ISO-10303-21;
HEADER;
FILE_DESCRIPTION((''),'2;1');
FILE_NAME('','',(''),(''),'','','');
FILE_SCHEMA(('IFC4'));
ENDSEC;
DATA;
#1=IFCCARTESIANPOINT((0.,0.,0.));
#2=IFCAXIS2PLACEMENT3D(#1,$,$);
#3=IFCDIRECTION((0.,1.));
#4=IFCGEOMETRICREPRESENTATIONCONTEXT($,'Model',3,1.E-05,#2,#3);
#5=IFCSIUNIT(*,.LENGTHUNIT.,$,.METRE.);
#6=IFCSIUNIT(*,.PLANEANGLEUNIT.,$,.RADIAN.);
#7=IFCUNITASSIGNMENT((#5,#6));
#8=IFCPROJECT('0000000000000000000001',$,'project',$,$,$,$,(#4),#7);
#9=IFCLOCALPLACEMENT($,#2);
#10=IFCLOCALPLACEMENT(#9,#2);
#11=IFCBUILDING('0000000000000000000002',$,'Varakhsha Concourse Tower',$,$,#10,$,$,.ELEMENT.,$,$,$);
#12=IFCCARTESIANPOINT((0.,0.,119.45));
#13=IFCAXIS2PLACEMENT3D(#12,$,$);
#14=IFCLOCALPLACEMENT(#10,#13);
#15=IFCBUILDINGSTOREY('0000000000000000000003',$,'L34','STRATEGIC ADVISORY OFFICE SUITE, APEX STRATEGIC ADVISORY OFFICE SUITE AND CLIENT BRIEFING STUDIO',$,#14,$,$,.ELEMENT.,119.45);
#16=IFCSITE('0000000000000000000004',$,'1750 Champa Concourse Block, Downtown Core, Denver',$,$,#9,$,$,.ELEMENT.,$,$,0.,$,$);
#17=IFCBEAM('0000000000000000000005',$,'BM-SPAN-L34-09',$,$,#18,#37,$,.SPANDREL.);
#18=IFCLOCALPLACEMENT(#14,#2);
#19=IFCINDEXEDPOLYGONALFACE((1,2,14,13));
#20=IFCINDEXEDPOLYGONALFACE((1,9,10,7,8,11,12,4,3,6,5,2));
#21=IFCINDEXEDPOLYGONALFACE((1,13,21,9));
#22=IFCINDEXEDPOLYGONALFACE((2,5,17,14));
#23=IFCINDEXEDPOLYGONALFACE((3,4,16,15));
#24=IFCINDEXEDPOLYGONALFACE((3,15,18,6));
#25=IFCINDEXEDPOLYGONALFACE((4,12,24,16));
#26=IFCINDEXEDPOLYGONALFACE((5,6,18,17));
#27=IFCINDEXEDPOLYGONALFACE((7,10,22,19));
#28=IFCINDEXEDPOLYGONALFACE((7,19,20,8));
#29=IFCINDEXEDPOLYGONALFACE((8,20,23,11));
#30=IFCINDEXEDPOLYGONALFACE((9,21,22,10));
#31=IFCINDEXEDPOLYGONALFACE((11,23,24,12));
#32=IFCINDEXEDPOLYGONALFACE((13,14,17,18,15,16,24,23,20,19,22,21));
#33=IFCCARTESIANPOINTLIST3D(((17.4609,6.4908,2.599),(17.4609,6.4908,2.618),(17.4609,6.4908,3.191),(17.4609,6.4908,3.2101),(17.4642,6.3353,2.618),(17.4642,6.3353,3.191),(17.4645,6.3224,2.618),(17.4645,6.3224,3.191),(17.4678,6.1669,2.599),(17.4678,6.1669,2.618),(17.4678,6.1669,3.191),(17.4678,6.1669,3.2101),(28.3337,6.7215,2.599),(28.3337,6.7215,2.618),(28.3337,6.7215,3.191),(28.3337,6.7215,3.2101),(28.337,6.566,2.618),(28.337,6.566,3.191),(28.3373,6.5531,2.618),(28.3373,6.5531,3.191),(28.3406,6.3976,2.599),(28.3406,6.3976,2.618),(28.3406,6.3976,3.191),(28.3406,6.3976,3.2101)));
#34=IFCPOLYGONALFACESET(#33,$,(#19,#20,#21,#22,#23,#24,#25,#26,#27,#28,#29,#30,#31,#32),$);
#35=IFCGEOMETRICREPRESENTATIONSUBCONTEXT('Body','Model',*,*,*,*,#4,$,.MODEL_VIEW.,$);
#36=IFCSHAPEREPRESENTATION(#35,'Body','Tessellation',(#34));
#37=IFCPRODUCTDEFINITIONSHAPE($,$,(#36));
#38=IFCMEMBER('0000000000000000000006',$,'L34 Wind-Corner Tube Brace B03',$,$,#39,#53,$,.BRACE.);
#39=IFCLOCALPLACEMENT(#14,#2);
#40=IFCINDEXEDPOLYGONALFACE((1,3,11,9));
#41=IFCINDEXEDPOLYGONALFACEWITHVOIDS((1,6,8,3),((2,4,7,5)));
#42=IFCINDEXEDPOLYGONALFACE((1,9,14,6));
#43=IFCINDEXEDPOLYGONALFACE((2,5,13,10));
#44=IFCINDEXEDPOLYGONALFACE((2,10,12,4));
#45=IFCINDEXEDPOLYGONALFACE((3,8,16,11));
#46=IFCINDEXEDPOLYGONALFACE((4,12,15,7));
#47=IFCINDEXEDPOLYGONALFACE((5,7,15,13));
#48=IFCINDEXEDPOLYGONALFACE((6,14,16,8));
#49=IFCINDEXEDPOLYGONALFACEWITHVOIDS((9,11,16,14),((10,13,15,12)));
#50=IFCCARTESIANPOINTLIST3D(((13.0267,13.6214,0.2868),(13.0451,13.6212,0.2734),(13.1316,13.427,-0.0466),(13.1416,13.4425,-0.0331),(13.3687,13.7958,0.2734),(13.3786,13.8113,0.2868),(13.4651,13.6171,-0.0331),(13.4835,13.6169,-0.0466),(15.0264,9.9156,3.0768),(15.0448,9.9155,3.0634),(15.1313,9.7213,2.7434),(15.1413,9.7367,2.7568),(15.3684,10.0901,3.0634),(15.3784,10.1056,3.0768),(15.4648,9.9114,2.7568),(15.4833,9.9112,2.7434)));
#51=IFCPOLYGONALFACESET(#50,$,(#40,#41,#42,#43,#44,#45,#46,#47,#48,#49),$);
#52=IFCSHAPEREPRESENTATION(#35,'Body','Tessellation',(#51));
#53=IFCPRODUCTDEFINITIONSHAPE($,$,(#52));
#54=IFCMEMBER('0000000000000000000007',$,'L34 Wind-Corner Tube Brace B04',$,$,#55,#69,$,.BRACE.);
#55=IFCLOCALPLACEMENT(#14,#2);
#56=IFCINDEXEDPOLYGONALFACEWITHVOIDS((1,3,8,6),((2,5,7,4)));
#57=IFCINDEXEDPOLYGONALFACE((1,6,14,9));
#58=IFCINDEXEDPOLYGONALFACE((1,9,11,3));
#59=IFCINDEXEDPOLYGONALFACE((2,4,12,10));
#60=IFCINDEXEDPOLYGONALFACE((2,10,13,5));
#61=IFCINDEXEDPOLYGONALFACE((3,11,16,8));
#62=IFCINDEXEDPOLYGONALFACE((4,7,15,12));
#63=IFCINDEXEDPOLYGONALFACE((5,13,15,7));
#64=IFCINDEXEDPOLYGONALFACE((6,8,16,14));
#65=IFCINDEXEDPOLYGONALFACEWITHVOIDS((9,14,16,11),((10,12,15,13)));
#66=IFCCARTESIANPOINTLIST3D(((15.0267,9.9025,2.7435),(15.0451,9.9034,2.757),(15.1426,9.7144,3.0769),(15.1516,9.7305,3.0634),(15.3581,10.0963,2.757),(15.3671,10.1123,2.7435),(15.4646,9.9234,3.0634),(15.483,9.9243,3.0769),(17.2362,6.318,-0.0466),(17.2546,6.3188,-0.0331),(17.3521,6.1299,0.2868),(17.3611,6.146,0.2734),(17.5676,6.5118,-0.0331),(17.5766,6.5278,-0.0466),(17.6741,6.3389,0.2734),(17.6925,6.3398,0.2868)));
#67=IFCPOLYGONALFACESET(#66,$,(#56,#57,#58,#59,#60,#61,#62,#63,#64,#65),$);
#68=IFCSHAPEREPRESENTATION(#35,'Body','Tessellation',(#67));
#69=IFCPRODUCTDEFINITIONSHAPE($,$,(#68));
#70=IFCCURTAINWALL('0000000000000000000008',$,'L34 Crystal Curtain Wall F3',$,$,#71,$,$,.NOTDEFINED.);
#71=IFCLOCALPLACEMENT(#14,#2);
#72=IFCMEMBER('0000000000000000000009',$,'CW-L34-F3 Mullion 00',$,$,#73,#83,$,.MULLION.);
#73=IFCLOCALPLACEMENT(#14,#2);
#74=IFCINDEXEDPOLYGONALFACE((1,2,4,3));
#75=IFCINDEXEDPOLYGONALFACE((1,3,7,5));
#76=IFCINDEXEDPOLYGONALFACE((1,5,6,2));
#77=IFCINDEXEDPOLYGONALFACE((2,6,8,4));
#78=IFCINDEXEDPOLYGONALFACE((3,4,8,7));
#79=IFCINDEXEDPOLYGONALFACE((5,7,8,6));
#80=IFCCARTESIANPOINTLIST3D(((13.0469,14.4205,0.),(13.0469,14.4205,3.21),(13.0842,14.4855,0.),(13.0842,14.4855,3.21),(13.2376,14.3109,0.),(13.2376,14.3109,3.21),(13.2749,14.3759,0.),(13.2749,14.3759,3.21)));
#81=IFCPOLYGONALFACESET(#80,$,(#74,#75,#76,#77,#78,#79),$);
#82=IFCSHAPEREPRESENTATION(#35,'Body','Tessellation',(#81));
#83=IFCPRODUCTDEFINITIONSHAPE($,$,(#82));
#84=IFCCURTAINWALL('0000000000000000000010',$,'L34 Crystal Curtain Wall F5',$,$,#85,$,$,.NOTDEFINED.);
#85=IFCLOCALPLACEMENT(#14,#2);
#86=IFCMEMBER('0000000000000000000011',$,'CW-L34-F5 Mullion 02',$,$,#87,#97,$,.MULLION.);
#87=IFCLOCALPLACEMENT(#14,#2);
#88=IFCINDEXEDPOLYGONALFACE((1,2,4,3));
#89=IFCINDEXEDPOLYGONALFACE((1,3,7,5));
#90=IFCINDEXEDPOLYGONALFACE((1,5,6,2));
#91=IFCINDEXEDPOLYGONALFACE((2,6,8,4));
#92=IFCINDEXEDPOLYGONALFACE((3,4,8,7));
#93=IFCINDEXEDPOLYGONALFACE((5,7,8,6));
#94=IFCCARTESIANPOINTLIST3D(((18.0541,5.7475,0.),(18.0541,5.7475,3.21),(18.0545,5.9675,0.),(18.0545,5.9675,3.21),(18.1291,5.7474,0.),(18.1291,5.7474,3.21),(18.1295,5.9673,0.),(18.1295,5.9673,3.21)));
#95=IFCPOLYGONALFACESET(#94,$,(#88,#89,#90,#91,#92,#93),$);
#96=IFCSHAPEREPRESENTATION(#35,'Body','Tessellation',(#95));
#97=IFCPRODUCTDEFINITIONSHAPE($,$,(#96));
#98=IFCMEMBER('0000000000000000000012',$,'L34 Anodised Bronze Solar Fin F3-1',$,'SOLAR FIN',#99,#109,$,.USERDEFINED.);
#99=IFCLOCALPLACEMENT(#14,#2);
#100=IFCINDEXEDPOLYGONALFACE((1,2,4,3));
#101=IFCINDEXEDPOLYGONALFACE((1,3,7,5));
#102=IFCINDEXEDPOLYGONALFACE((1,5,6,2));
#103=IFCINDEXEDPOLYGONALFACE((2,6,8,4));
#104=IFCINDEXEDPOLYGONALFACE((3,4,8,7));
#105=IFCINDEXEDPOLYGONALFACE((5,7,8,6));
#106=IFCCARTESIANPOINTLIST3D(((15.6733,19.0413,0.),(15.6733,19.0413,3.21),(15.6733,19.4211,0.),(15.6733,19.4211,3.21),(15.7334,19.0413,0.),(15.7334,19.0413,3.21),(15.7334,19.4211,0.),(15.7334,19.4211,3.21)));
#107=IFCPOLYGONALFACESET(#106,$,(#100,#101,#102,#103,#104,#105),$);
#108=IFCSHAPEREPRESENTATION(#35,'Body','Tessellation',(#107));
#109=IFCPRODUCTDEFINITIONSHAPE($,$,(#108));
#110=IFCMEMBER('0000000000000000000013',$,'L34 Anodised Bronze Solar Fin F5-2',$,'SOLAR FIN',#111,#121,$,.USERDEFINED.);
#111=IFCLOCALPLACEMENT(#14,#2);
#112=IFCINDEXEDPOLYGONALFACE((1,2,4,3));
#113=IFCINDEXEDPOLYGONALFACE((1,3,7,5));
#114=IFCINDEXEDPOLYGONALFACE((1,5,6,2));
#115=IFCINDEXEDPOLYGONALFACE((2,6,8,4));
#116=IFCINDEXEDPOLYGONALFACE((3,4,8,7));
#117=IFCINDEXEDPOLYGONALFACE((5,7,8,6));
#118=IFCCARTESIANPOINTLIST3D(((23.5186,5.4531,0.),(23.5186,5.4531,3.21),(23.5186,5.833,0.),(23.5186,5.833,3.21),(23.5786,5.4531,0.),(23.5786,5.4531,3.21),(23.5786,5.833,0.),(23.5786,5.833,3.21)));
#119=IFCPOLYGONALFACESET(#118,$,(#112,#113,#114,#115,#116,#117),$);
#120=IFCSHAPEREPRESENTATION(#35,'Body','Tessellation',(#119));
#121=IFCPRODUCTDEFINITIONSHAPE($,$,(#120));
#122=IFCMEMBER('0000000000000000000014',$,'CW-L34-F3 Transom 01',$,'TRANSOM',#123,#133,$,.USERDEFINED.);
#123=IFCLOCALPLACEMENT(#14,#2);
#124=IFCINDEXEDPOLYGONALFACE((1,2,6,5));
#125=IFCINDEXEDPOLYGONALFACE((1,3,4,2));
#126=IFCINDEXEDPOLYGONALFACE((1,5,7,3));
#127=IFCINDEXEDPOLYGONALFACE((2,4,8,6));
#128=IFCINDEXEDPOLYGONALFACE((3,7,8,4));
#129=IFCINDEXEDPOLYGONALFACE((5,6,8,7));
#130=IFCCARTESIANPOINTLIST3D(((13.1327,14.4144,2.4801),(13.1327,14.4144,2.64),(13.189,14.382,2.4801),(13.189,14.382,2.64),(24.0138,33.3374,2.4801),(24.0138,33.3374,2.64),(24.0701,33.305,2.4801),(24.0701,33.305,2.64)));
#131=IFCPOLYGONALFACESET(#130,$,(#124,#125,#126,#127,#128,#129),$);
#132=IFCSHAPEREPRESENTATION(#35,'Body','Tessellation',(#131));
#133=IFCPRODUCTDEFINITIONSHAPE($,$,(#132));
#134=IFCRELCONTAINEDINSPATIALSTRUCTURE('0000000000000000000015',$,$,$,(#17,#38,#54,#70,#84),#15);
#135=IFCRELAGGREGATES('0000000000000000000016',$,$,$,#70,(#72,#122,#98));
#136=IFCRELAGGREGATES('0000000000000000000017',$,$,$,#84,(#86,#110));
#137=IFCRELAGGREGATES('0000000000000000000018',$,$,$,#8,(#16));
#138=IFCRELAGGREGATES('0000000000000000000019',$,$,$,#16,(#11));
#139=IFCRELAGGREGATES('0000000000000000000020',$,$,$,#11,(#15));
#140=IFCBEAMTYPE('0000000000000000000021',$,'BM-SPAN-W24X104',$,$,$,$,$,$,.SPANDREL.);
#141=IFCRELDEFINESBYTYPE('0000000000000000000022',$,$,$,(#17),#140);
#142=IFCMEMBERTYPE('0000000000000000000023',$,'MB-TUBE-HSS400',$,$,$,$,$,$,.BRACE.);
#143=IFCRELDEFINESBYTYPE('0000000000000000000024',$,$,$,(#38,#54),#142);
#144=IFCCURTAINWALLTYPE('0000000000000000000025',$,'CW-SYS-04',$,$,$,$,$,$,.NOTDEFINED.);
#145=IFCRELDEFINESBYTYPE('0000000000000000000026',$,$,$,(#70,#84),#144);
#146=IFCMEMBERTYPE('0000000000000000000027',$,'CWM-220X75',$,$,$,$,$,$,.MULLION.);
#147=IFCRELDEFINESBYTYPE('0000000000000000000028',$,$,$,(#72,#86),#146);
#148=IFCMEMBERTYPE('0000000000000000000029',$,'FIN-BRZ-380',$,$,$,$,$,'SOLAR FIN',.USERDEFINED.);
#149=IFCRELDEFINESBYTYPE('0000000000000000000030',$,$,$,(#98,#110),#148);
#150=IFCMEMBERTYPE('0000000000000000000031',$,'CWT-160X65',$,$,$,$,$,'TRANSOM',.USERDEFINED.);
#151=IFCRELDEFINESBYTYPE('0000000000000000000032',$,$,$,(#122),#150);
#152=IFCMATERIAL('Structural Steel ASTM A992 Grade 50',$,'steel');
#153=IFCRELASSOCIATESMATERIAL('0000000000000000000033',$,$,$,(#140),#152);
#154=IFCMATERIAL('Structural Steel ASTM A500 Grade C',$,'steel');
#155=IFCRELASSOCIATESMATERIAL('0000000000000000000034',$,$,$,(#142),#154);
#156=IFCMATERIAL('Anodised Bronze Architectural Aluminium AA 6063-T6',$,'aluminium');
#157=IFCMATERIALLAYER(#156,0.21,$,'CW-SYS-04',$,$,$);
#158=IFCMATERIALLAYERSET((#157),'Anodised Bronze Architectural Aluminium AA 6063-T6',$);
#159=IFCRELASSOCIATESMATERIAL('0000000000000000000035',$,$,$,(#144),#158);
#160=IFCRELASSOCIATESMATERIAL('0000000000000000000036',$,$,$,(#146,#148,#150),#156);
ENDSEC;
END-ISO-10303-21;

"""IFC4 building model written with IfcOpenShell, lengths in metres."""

from ifc_helpers import new_model, si_unit, direction, frame, origin, origin_2d, place, context, subcontext, project, spatial, rectangle, hollow_rectangle, i_section, extrude, source, transform, mapped, material, layer, layer_set, material_profile, profile_set, type_object, type_shapes, element, aggregate, save


model = new_model("IFC4")

# Units and contexts
model_context = context("Model", 3, precision=1e-05, world=origin(), true_north=direction((0.0, 1.0)))
body_context = subcontext(model_context, "Body", "Model", "MODEL_VIEW")
ifc_project = project(units=[si_unit("LENGTHUNIT", "METRE"), si_unit("PLANEANGLEUNIT", "RADIAN")], contexts=[model_context])

# Site, building, storey
site_placement = place(None, origin())
site = spatial("IfcSite", under=ifc_project, at=site_placement, Name="1750 Champa Concourse Block, Downtown Core, Denver", CompositionType="ELEMENT", RefElevation=0.0)
building_placement = place(site_placement, origin())
building = spatial("IfcBuilding", under=site, at=building_placement, Name="Varakhsha Concourse Tower", CompositionType="ELEMENT")
storey_placement = place(building_placement, frame((0.0, 0.0, 119.45)))
storey = spatial("IfcBuildingStorey", under=building, at=storey_placement, Name="L34", Description="STRATEGIC ADVISORY OFFICE SUITE, APEX STRATEGIC ADVISORY OFFICE SUITE AND CLIENT BRIEFING STUDIO", CompositionType="ELEMENT", Elevation=119.45)

# Shared definitions
ifc_material_1 = material(Name="Structural Steel ASTM A992 Grade 50", Category="steel")

# Beam
ifc_material_profile_1 = material_profile(ifc_material_1, i_section(OverallWidth=0.324, OverallDepth=0.6111, WebThickness=0.0129, FlangeThickness=0.019, at=origin_2d()), Name="W24X104")
ifc_profile_set_1 = profile_set([ifc_material_profile_1], Name="Structural Steel ASTM A992 Grade 50")
beam_type_1 = type_object("IfcBeamType", Name="BM-SPAN-W24X104", PredefinedType="SPANDREL", material=ifc_profile_set_1)
beam_1_placement = place(storey_placement, frame((17.4644, 6.3289, 2.9045), z_axis=(0.999775, 0.021214, 0.0), x_axis=(-0.021214, 0.999775, 0.0)))
element("IfcBeam", 1, at=beam_1_placement, inside=storey, type_object=beam_type_1, Name="BM-SPAN-L34-09", PredefinedType="SPANDREL", context=body_context, shape_type="SweptSolid", body=[
    extrude(i_section(OverallWidth=0.324, OverallDepth=0.6111, WebThickness=0.0129, FlangeThickness=0.019, at=origin_2d()), origin(), (0.0, 0.0, 1.0), 10.8752),
])

# Members
ifc_material_2 = material(Name="Structural Steel ASTM A500 Grade C", Category="steel")
ifc_material_profile_2 = material_profile(ifc_material_2, hollow_rectangle(XDim=0.3999, YDim=0.3999, WallThickness=0.0161, at=origin_2d()), Name="HSS 400x400x16")
ifc_profile_set_2 = profile_set([ifc_material_profile_2], Name="Structural Steel ASTM A500 Grade C")
member_type_1 = type_object("IfcMemberType", Name="MB-TUBE-HSS400", PredefinedType="BRACE", material=ifc_profile_set_2)
shared_shape_1 = source(origin(), body_context, "Body", "SweptSolid", [
    extrude(hollow_rectangle(XDim=0.3999, YDim=0.3999, WallThickness=0.0161, at=origin_2d()), origin(), (0.0, 0.0, 1.0), 5.0513),
])
type_shapes(member_type_1, [shared_shape_1])
for number, where, z_axis, x_axis, name in (
    (2, (13.2551, 13.6191, 0.1201), (0.395884, -0.733624, 0.552333), (0.880043, 0.474895, 0.0), "L34 Wind-Corner Tube Brace B03"),
    (3, (17.4644, 6.3289, 0.1201), (-0.437416, 0.709629, 0.552353), (-0.851272, -0.524725, 0.0), "L34 Wind-Corner Tube Brace B04"),
):
    element("IfcMember", number, at=place(storey_placement, frame(where, z_axis=z_axis, x_axis=x_axis)), inside=storey, type_object=member_type_1, Name=name, PredefinedType="BRACE", context=body_context, shape_type="MappedRepresentation", body=[
        mapped(shared_shape_1, transform((0.0, 0.0, 0.0), scale=1.0)),
    ])

# Curtain walls, members
ifc_material_3 = material(Name="Anodised Bronze Architectural Aluminium AA 6063-T6", Category="aluminium")
ifc_layer_1 = layer(ifc_material_3, 0.21, Name="CW-SYS-04")
ifc_layer_set_1 = layer_set([ifc_layer_1], Name="Anodised Bronze Architectural Aluminium AA 6063-T6")
curtain_wall_type = type_object("IfcCurtainWallType", Name="CW-SYS-04", PredefinedType="NOTDEFINED", material=ifc_layer_set_1)
curtain_wall_1_placement = place(storey_placement, origin())
curtain_wall_1 = element("IfcCurtainWall", 4, at=curtain_wall_1_placement, inside=storey, type_object=curtain_wall_type, Name="L34 Crystal Curtain Wall F3", PredefinedType="NOTDEFINED")
ifc_material_profile_3 = material_profile(ifc_material_3, rectangle(XDim=0.075, YDim=0.22, at=origin_2d()), Name="CWM-220X75")
ifc_profile_set_3 = profile_set([ifc_material_profile_3], Name="Anodised Bronze Architectural Aluminium AA 6063-T6")
member_type_2 = type_object("IfcMemberType", Name="CWM-220X75", PredefinedType="MULLION", material=ifc_profile_set_3)
shared_shape_2 = source(origin(), body_context, "Body", "SweptSolid", [
    extrude(rectangle(XDim=0.075, YDim=0.22, at=origin_2d()), origin(), (0.0, 0.0, 1.0), 3.21),
])
type_shapes(member_type_2, [shared_shape_2])
member_1_placement = place(storey_placement, frame((13.1609, 14.3982, 0.0), z_axis=(0.0, 0.0, 1.0), x_axis=(0.498489, 0.866896, 0.0)))
member_1 = element("IfcMember", 5, at=member_1_placement, type_object=member_type_2, Name="CW-L34-F3 Mullion 00", PredefinedType="MULLION", context=body_context, shape_type="MappedRepresentation", body=[
    mapped(shared_shape_2, transform((0.0, 0.0, 0.0), scale=1.0)),
])
curtain_wall_2_placement = place(storey_placement, origin())
curtain_wall_2 = element("IfcCurtainWall", 6, at=curtain_wall_2_placement, inside=storey, type_object=curtain_wall_type, Name="L34 Crystal Curtain Wall F5", PredefinedType="NOTDEFINED")
member_2_placement = place(storey_placement, frame((18.0918, 5.8574, 0.0), z_axis=(0.0, 0.0, 1.0), x_axis=(-0.999998, 0.001745, 0.0)))
member_2 = element("IfcMember", 7, at=member_2_placement, type_object=member_type_2, Name="CW-L34-F5 Mullion 02", PredefinedType="MULLION", context=body_context, shape_type="MappedRepresentation", body=[
    mapped(shared_shape_2, transform((0.0, 0.0, 0.0), scale=1.0)),
])

# Members
ifc_material_profile_4 = material_profile(ifc_material_3, rectangle(XDim=0.0601, YDim=0.3799, at=origin_2d()), Name="FIN-BRZ-380")
ifc_profile_set_4 = profile_set([ifc_material_profile_4], Name="Anodised Bronze Architectural Aluminium AA 6063-T6")
member_type_3 = type_object("IfcMemberType", Name="FIN-BRZ-380", ElementType="SOLAR FIN", PredefinedType="USERDEFINED", material=ifc_profile_set_4)
shared_shape_3 = source(origin(), body_context, "Body", "SweptSolid", [
    extrude(rectangle(XDim=0.0601, YDim=0.3799, at=origin_2d()), origin(), (0.0, 0.0, 1.0), 3.21),
])
type_shapes(member_type_3, [shared_shape_3])
member_3_placement = place(storey_placement, frame((15.7034, 19.2312, 0.0), z_axis=(0.0, 0.0, 1.0), x_axis=(1.0, 0.0, 0.0)))
member_3 = element("IfcMember", 8, at=member_3_placement, type_object=member_type_3, Name="L34 Anodised Bronze Solar Fin F3-1", ObjectType="SOLAR FIN", PredefinedType="USERDEFINED", context=body_context, shape_type="MappedRepresentation", body=[
    mapped(shared_shape_3, transform((0.0, 0.0, 0.0), scale=1.0)),
])
member_4_placement = place(storey_placement, frame((23.5486, 5.6431, 0.0), z_axis=(0.0, 0.0, 1.0), x_axis=(1.0, 0.0, 0.0)))
member_4 = element("IfcMember", 9, at=member_4_placement, type_object=member_type_3, Name="L34 Anodised Bronze Solar Fin F5-2", ObjectType="SOLAR FIN", PredefinedType="USERDEFINED", context=body_context, shape_type="MappedRepresentation", body=[
    mapped(shared_shape_3, transform((0.0, 0.0, 0.0), scale=1.0)),
])
ifc_material_profile_5 = material_profile(ifc_material_3, rectangle(XDim=0.0649, YDim=0.1599, at=origin_2d()), Name="CWT-160X65")
ifc_profile_set_5 = profile_set([ifc_material_profile_5], Name="Anodised Bronze Architectural Aluminium AA 6063-T6")
member_type_4 = type_object("IfcMemberType", Name="CWT-160X65", ElementType="TRANSOM", PredefinedType="USERDEFINED", material=ifc_profile_set_5)
shared_shape_4 = source(origin(), body_context, "Body", "SweptSolid", [
    extrude(rectangle(XDim=0.0649, YDim=0.1599, at=origin_2d()), origin(), (0.0, 0.0, 1.0), 21.8284),
])
type_shapes(member_type_4, [shared_shape_4])
member_5_placement = place(storey_placement, frame((13.1609, 14.3982, 2.5601), z_axis=(0.498482, 0.8669, 0.0), x_axis=(-0.8669, 0.498482, 0.0)))
member_5 = element("IfcMember", 10, at=member_5_placement, type_object=member_type_4, Name="CW-L34-F3 Transom 01", ObjectType="TRANSOM", PredefinedType="USERDEFINED", context=body_context, shape_type="MappedRepresentation", body=[
    mapped(shared_shape_4, transform((0.0, 0.0, 0.0), scale=1.0)),
])

aggregate(curtain_wall_1, [member_1, member_5, member_3])
aggregate(curtain_wall_2, [member_2, member_4])

save(model, "model.ifc")
